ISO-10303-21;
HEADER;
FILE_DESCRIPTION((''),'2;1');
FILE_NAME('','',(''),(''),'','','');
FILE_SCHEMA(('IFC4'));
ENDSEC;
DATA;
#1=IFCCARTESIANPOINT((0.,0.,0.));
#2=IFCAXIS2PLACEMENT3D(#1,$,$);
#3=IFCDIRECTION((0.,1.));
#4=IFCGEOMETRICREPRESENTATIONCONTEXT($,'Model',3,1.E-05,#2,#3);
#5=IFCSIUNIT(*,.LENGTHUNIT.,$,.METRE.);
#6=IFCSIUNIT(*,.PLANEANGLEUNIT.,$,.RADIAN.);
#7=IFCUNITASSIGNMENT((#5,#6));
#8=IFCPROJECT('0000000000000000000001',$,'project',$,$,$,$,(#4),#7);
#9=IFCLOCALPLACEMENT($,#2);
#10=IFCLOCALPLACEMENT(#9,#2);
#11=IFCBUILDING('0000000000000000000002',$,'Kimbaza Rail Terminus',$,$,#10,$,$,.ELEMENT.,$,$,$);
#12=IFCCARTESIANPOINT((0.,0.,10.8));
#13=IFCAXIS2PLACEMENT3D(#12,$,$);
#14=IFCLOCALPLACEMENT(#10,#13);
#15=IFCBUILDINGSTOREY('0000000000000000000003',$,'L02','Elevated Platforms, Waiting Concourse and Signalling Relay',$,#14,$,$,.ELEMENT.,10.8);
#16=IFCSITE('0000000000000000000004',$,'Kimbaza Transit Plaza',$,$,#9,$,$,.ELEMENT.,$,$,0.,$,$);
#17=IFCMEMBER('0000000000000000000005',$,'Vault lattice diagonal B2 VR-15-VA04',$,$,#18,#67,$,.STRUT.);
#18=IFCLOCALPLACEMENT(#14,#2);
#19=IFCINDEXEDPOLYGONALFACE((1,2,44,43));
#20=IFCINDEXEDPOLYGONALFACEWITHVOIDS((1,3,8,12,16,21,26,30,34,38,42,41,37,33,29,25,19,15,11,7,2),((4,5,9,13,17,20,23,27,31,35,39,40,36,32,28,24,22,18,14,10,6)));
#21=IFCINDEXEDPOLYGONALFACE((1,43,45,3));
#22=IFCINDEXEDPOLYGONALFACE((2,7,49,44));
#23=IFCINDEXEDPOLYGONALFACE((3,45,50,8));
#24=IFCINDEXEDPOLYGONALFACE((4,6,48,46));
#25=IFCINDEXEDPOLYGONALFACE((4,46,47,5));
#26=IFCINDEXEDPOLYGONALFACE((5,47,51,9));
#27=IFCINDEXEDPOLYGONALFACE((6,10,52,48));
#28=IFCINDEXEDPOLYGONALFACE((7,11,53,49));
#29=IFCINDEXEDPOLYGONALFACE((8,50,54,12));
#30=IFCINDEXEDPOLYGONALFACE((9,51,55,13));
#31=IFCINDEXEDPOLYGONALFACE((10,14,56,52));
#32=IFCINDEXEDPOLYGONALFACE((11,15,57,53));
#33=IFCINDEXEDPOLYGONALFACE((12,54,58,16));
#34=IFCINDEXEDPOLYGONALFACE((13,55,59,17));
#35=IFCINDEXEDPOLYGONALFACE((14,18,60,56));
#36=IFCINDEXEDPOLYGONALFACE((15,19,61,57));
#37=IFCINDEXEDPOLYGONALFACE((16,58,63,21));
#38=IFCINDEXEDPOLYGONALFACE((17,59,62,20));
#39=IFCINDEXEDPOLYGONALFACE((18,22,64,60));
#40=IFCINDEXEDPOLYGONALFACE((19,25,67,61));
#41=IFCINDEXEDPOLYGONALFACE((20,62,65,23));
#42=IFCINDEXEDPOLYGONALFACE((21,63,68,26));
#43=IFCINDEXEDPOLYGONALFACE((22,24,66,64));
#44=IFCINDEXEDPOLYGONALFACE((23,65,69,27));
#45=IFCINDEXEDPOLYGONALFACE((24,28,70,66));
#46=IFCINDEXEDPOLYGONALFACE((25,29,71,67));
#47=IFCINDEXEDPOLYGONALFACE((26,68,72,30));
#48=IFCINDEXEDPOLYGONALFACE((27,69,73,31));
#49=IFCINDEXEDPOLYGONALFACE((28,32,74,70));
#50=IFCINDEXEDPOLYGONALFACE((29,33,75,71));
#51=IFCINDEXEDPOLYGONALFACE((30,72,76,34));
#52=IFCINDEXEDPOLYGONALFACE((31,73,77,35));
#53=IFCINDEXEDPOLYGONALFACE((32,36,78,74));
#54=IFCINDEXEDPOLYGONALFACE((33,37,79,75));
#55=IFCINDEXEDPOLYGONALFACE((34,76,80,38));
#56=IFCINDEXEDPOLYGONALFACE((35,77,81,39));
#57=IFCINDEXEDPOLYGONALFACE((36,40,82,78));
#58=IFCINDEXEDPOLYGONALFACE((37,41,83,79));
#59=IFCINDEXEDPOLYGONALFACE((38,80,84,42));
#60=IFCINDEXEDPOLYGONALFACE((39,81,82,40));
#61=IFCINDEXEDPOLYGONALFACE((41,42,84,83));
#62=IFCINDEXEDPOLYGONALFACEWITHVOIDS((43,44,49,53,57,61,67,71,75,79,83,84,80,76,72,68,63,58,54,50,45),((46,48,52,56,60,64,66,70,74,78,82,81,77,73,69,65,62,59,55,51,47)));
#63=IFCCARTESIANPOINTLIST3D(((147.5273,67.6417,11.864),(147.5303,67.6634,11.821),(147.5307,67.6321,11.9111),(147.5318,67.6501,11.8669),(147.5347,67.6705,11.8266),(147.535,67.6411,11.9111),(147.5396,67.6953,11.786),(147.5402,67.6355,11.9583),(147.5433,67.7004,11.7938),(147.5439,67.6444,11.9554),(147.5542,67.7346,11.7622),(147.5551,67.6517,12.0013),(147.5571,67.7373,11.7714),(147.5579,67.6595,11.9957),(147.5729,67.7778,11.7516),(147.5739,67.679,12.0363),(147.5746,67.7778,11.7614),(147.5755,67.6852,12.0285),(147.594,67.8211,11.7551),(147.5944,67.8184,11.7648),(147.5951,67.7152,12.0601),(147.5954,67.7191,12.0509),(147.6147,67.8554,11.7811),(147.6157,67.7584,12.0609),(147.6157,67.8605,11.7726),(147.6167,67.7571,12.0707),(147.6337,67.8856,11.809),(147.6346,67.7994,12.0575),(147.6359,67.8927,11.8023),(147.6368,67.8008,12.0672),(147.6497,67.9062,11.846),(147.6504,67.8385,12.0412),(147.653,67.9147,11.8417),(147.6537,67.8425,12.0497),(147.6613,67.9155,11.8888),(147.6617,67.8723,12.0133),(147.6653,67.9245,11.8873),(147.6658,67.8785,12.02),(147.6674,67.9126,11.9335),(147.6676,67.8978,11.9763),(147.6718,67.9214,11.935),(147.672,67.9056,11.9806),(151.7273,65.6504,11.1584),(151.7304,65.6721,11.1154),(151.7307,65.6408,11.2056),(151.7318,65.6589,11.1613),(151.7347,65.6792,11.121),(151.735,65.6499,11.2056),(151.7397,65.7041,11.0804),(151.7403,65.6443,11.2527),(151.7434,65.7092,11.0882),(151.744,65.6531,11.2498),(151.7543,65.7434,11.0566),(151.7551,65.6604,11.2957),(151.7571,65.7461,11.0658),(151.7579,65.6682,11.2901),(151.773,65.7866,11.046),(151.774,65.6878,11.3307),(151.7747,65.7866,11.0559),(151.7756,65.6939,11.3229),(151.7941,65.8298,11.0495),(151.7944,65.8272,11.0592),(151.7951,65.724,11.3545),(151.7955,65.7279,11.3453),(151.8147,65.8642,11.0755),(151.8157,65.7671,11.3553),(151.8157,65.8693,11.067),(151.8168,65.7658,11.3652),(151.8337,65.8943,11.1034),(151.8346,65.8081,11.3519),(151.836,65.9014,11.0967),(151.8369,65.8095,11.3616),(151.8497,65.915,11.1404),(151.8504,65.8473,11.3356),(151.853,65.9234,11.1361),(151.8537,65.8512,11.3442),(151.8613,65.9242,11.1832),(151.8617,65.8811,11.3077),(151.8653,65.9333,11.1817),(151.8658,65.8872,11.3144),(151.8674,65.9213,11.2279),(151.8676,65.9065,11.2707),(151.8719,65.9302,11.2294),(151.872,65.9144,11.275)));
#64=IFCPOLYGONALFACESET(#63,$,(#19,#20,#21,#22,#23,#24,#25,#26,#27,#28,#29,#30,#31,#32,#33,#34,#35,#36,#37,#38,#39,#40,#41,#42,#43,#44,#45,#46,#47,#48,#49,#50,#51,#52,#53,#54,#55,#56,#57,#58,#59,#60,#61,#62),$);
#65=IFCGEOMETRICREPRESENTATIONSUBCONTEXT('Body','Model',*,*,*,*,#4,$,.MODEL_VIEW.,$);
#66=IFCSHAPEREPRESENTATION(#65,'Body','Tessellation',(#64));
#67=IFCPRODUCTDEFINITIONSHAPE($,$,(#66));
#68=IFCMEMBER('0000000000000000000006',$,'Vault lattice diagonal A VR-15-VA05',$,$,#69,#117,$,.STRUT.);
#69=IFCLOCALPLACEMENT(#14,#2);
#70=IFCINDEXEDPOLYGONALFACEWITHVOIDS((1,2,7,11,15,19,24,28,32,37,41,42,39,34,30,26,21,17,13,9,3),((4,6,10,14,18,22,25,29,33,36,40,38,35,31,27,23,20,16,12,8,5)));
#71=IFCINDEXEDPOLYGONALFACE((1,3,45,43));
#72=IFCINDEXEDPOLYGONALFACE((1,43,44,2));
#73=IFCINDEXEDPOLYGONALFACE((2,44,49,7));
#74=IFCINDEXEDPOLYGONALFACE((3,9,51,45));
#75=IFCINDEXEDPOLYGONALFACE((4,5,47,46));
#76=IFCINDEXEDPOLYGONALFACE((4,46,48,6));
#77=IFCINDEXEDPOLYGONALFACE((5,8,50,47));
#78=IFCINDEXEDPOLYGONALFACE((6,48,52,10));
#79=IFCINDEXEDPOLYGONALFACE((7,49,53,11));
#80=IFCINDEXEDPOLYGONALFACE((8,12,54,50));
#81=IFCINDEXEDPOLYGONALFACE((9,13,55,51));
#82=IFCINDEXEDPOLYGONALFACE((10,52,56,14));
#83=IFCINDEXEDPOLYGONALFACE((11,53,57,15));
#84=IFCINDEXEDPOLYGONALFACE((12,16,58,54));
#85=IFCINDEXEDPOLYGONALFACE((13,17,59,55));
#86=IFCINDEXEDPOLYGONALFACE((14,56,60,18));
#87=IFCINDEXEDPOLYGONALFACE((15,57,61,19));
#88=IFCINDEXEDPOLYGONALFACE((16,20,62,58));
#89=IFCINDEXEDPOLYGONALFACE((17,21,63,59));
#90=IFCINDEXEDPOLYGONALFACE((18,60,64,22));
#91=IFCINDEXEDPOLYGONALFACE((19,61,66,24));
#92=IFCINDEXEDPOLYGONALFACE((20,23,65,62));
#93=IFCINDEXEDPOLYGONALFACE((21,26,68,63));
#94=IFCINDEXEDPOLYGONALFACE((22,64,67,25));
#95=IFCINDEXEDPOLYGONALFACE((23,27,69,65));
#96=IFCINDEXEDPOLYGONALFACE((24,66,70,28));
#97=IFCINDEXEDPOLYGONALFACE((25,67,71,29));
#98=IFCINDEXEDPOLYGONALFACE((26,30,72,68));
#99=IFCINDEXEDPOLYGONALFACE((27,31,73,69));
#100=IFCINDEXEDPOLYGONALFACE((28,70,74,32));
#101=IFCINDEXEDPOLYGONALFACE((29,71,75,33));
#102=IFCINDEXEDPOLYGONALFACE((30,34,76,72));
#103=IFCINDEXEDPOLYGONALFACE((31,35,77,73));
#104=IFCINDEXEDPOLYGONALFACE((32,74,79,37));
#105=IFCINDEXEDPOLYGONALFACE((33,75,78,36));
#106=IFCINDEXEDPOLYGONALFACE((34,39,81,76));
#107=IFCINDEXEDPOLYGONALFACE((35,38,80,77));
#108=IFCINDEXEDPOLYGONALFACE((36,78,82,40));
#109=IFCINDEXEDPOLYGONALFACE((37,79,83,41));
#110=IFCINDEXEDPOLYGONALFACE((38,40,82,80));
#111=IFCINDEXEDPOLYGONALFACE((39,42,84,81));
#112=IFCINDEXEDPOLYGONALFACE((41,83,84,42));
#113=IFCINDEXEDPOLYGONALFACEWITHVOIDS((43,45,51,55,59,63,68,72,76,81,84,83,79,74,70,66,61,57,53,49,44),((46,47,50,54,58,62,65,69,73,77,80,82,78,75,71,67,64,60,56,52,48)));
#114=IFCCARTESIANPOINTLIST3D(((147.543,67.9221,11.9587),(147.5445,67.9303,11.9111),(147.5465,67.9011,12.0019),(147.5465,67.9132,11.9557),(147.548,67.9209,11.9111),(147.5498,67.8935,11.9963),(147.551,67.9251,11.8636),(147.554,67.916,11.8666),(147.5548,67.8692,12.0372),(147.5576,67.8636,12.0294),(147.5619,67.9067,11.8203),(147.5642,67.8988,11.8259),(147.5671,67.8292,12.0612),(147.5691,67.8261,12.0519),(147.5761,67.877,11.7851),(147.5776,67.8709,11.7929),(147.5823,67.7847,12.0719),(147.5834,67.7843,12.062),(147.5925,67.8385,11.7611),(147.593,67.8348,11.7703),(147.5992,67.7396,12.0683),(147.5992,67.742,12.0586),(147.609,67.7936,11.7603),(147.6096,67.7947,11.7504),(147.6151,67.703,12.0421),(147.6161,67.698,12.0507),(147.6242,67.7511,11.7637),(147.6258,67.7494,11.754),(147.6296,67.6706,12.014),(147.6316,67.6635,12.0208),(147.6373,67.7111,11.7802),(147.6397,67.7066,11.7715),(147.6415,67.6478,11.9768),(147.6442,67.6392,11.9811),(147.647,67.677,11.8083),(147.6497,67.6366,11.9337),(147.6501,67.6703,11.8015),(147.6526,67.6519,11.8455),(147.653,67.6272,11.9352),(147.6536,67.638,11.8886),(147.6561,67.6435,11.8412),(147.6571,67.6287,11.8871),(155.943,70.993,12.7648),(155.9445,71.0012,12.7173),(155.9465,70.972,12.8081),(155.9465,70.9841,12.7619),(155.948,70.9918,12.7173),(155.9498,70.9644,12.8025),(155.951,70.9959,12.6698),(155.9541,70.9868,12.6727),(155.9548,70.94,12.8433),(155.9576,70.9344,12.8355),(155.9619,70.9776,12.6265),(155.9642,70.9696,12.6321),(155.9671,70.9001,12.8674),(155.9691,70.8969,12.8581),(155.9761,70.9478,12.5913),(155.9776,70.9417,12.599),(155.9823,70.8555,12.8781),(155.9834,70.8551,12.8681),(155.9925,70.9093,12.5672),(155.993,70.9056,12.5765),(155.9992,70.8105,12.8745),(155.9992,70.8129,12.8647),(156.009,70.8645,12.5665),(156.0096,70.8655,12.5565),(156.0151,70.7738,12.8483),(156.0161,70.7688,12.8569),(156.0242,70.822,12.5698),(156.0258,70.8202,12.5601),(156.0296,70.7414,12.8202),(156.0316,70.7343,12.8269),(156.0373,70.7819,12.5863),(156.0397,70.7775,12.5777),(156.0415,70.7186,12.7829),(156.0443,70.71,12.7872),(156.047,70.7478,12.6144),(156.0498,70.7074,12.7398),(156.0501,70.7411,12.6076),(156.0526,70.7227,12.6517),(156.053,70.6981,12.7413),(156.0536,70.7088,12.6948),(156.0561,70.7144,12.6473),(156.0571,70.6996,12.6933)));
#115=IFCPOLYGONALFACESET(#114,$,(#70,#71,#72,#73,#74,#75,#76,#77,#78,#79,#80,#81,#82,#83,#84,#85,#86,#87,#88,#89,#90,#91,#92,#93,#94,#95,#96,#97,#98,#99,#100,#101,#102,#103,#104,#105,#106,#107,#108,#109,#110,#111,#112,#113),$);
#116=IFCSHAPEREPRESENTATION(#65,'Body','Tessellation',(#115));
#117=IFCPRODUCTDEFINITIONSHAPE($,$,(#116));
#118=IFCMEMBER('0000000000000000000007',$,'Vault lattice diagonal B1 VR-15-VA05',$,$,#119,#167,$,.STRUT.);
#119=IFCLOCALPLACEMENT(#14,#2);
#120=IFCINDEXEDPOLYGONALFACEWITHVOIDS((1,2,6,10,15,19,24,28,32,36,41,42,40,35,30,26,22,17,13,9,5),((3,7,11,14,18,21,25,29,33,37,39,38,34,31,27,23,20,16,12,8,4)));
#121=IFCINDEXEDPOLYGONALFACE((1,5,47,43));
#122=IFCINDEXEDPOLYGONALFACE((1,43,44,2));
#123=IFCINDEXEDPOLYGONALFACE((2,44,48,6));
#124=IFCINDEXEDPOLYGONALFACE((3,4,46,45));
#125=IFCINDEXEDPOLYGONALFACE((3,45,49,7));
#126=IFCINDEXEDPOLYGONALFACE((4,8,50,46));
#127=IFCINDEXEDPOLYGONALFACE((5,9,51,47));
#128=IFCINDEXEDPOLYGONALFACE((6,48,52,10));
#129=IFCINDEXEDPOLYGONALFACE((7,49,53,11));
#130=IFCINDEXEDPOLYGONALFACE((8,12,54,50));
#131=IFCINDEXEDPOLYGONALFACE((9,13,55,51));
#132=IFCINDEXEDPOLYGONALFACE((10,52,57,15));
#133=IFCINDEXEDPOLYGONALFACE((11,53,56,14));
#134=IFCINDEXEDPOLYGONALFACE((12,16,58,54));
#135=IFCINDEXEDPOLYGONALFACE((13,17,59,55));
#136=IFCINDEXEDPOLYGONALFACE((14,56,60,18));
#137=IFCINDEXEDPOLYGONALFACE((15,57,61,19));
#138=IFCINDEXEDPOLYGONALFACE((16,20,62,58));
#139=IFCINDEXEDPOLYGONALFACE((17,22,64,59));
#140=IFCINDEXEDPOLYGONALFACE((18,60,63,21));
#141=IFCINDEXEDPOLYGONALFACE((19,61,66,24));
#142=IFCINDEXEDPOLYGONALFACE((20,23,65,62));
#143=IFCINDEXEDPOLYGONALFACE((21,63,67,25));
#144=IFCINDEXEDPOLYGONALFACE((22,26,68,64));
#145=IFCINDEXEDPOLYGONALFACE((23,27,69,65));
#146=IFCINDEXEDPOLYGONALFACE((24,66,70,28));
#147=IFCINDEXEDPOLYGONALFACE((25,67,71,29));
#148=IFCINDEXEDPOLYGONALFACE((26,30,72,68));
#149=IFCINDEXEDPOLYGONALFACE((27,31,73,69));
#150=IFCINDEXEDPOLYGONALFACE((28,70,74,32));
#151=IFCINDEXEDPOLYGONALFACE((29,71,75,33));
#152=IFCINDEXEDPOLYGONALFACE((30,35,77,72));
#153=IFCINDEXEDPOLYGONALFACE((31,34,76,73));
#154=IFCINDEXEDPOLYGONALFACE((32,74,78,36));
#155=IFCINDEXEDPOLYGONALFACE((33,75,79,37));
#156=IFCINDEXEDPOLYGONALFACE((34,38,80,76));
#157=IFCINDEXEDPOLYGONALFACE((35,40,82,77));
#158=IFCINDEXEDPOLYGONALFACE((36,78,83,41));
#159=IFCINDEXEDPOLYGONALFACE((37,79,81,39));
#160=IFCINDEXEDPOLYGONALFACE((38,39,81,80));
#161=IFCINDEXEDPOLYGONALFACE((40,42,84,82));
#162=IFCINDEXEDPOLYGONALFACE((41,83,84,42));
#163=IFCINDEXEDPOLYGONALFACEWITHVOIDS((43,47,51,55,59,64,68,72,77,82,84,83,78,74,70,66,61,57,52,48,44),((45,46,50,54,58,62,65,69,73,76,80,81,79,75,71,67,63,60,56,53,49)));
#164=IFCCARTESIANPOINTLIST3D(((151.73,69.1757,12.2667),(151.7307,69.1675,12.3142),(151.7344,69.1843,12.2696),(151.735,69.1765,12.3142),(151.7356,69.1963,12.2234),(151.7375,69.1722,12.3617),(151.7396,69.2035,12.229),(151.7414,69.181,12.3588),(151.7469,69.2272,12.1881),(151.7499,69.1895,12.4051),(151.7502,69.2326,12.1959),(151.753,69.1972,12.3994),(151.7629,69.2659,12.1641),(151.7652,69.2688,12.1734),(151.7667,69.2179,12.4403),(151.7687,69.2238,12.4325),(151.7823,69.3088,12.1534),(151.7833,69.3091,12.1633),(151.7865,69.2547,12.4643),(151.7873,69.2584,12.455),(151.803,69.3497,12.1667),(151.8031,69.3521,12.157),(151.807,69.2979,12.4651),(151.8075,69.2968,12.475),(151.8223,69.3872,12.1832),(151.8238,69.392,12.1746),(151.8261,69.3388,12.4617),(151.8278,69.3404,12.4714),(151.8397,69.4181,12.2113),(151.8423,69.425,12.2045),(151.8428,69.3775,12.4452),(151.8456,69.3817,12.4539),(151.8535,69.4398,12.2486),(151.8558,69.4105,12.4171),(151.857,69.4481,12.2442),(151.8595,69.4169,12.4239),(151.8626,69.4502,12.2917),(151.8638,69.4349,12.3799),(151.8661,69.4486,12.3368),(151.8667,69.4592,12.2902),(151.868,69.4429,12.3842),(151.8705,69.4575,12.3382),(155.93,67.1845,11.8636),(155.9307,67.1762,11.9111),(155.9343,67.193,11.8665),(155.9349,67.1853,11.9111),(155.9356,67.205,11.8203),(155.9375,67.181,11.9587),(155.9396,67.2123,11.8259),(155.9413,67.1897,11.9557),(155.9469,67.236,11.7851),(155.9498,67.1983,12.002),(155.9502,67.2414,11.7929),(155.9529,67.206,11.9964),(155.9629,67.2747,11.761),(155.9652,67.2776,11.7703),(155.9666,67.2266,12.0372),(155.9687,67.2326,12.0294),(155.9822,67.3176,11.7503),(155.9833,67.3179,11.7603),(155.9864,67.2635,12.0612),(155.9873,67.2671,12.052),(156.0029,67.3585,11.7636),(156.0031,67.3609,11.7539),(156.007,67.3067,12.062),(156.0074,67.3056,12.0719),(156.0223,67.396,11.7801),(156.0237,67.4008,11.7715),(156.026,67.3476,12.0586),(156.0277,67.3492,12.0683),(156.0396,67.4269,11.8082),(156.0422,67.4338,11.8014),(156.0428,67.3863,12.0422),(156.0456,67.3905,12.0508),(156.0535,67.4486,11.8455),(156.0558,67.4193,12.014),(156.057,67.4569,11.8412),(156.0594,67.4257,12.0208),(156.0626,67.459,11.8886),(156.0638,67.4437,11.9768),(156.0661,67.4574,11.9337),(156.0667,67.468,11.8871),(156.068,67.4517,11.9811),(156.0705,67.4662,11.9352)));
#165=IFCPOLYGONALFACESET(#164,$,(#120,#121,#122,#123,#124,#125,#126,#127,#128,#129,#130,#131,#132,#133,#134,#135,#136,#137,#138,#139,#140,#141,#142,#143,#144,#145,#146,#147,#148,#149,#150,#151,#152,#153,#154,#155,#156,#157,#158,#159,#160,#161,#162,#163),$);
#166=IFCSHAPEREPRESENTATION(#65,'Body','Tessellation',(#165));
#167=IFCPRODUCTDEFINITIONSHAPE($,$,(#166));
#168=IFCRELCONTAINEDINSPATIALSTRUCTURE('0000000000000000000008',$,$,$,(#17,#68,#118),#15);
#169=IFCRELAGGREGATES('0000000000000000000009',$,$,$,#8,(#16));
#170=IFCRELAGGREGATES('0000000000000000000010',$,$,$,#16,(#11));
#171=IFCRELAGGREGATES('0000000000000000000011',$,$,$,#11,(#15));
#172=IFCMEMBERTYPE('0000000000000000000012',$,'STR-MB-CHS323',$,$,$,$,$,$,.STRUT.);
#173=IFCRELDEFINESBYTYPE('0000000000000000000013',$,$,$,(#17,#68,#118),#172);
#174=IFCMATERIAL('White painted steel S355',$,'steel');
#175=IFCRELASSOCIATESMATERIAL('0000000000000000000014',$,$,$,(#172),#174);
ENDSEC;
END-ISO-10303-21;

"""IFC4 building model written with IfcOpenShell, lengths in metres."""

from ifc_helpers import new_model, si_unit, direction, frame, origin, origin_2d, place, context, subcontext, project, spatial, hollow_circle, extrude, material, material_profile, profile_set, type_object, element, save


model = new_model("IFC4")

# Units and contexts
model_context = context("Model", 3, precision=1e-05, world=origin(), true_north=direction((0.0, 1.0)))
body_context = subcontext(model_context, "Body", "Model", "MODEL_VIEW")
ifc_project = project(units=[si_unit("LENGTHUNIT", "METRE"), si_unit("PLANEANGLEUNIT", "RADIAN")], contexts=[model_context])

# Site, building, storey
site_placement = place(None, origin())
site = spatial("IfcSite", under=ifc_project, at=site_placement, Name="Kimbaza Transit Plaza", CompositionType="ELEMENT", RefElevation=0.0)
building_placement = place(site_placement, origin())
building = spatial("IfcBuilding", under=site, at=building_placement, Name="Kimbaza Rail Terminus", CompositionType="ELEMENT")
storey_placement = place(building_placement, frame((0.0, 0.0, 10.8)))
storey = spatial("IfcBuildingStorey", under=building, at=storey_placement, Name="L02", Description="Elevated Platforms, Waiting Concourse and Signalling Relay", CompositionType="ELEMENT", Elevation=10.8)

# Members
ifc_material_1 = material(Name="White painted steel S355", Category="steel")
ifc_material_profile_1 = material_profile(ifc_material_1, hollow_circle(Radius=0.1619, WallThickness=0.01, at=origin_2d()), Name="CHS 323.9x10")
ifc_profile_set_1 = profile_set([ifc_material_profile_1], Name="White painted steel S355")
member_type_1 = type_object("IfcMemberType", Name="STR-MB-CHS323", PredefinedType="STRUT", material=ifc_profile_set_1)
for number, where, z_axis, x_axis, name in (
    (1, (151.8, 65.7871, 11.2056), (-0.893357, 0.423544, 0.150079), (-0.428396, -0.903591, 0.0), "Vault lattice diagonal B2 VR-15-VA04"),
):
    element("IfcMember", number, at=place(storey_placement, frame(where, z_axis=z_axis, x_axis=x_axis)), inside=storey, type_object=member_type_1, Name=name, PredefinedType="STRUT", context=body_context, shape_type="SweptSolid", body=[
        extrude(hollow_circle(Radius=0.1619, WallThickness=0.01, at=origin_2d()), origin(), (0.0, 0.0, 1.0), 4.7014),
    ])
member_1_placement = place(storey_placement, frame((147.6001, 67.7783, 11.9111), z_axis=(0.935415, 0.341965, 0.089773), x_axis=(-0.343351, 0.939207, 0.0)))
element("IfcMember", 2, at=member_1_placement, inside=storey, type_object=member_type_1, Name="Vault lattice diagonal A VR-15-VA05", PredefinedType="STRUT", context=body_context, shape_type="SweptSolid", body=[
    extrude(hollow_circle(Radius=0.1619, WallThickness=0.01, at=origin_2d()), origin(), (0.0, 0.0, 1.0), 8.98),
])
member_2_placement = place(storey_placement, frame((156.0, 67.3225, 11.9111), z_axis=(-0.900213, 0.426794, 0.086395), x_axis=(-0.428396, -0.903591, 0.0)))
element("IfcMember", 3, at=member_2_placement, inside=storey, type_object=member_type_1, Name="Vault lattice diagonal B1 VR-15-VA05", PredefinedType="STRUT", context=body_context, shape_type="SweptSolid", body=[
    extrude(hollow_circle(Radius=0.1619, WallThickness=0.01, at=origin_2d()), origin(), (0.0, 0.0, 1.0), 4.6655),
])

save(model, "model.ifc")
